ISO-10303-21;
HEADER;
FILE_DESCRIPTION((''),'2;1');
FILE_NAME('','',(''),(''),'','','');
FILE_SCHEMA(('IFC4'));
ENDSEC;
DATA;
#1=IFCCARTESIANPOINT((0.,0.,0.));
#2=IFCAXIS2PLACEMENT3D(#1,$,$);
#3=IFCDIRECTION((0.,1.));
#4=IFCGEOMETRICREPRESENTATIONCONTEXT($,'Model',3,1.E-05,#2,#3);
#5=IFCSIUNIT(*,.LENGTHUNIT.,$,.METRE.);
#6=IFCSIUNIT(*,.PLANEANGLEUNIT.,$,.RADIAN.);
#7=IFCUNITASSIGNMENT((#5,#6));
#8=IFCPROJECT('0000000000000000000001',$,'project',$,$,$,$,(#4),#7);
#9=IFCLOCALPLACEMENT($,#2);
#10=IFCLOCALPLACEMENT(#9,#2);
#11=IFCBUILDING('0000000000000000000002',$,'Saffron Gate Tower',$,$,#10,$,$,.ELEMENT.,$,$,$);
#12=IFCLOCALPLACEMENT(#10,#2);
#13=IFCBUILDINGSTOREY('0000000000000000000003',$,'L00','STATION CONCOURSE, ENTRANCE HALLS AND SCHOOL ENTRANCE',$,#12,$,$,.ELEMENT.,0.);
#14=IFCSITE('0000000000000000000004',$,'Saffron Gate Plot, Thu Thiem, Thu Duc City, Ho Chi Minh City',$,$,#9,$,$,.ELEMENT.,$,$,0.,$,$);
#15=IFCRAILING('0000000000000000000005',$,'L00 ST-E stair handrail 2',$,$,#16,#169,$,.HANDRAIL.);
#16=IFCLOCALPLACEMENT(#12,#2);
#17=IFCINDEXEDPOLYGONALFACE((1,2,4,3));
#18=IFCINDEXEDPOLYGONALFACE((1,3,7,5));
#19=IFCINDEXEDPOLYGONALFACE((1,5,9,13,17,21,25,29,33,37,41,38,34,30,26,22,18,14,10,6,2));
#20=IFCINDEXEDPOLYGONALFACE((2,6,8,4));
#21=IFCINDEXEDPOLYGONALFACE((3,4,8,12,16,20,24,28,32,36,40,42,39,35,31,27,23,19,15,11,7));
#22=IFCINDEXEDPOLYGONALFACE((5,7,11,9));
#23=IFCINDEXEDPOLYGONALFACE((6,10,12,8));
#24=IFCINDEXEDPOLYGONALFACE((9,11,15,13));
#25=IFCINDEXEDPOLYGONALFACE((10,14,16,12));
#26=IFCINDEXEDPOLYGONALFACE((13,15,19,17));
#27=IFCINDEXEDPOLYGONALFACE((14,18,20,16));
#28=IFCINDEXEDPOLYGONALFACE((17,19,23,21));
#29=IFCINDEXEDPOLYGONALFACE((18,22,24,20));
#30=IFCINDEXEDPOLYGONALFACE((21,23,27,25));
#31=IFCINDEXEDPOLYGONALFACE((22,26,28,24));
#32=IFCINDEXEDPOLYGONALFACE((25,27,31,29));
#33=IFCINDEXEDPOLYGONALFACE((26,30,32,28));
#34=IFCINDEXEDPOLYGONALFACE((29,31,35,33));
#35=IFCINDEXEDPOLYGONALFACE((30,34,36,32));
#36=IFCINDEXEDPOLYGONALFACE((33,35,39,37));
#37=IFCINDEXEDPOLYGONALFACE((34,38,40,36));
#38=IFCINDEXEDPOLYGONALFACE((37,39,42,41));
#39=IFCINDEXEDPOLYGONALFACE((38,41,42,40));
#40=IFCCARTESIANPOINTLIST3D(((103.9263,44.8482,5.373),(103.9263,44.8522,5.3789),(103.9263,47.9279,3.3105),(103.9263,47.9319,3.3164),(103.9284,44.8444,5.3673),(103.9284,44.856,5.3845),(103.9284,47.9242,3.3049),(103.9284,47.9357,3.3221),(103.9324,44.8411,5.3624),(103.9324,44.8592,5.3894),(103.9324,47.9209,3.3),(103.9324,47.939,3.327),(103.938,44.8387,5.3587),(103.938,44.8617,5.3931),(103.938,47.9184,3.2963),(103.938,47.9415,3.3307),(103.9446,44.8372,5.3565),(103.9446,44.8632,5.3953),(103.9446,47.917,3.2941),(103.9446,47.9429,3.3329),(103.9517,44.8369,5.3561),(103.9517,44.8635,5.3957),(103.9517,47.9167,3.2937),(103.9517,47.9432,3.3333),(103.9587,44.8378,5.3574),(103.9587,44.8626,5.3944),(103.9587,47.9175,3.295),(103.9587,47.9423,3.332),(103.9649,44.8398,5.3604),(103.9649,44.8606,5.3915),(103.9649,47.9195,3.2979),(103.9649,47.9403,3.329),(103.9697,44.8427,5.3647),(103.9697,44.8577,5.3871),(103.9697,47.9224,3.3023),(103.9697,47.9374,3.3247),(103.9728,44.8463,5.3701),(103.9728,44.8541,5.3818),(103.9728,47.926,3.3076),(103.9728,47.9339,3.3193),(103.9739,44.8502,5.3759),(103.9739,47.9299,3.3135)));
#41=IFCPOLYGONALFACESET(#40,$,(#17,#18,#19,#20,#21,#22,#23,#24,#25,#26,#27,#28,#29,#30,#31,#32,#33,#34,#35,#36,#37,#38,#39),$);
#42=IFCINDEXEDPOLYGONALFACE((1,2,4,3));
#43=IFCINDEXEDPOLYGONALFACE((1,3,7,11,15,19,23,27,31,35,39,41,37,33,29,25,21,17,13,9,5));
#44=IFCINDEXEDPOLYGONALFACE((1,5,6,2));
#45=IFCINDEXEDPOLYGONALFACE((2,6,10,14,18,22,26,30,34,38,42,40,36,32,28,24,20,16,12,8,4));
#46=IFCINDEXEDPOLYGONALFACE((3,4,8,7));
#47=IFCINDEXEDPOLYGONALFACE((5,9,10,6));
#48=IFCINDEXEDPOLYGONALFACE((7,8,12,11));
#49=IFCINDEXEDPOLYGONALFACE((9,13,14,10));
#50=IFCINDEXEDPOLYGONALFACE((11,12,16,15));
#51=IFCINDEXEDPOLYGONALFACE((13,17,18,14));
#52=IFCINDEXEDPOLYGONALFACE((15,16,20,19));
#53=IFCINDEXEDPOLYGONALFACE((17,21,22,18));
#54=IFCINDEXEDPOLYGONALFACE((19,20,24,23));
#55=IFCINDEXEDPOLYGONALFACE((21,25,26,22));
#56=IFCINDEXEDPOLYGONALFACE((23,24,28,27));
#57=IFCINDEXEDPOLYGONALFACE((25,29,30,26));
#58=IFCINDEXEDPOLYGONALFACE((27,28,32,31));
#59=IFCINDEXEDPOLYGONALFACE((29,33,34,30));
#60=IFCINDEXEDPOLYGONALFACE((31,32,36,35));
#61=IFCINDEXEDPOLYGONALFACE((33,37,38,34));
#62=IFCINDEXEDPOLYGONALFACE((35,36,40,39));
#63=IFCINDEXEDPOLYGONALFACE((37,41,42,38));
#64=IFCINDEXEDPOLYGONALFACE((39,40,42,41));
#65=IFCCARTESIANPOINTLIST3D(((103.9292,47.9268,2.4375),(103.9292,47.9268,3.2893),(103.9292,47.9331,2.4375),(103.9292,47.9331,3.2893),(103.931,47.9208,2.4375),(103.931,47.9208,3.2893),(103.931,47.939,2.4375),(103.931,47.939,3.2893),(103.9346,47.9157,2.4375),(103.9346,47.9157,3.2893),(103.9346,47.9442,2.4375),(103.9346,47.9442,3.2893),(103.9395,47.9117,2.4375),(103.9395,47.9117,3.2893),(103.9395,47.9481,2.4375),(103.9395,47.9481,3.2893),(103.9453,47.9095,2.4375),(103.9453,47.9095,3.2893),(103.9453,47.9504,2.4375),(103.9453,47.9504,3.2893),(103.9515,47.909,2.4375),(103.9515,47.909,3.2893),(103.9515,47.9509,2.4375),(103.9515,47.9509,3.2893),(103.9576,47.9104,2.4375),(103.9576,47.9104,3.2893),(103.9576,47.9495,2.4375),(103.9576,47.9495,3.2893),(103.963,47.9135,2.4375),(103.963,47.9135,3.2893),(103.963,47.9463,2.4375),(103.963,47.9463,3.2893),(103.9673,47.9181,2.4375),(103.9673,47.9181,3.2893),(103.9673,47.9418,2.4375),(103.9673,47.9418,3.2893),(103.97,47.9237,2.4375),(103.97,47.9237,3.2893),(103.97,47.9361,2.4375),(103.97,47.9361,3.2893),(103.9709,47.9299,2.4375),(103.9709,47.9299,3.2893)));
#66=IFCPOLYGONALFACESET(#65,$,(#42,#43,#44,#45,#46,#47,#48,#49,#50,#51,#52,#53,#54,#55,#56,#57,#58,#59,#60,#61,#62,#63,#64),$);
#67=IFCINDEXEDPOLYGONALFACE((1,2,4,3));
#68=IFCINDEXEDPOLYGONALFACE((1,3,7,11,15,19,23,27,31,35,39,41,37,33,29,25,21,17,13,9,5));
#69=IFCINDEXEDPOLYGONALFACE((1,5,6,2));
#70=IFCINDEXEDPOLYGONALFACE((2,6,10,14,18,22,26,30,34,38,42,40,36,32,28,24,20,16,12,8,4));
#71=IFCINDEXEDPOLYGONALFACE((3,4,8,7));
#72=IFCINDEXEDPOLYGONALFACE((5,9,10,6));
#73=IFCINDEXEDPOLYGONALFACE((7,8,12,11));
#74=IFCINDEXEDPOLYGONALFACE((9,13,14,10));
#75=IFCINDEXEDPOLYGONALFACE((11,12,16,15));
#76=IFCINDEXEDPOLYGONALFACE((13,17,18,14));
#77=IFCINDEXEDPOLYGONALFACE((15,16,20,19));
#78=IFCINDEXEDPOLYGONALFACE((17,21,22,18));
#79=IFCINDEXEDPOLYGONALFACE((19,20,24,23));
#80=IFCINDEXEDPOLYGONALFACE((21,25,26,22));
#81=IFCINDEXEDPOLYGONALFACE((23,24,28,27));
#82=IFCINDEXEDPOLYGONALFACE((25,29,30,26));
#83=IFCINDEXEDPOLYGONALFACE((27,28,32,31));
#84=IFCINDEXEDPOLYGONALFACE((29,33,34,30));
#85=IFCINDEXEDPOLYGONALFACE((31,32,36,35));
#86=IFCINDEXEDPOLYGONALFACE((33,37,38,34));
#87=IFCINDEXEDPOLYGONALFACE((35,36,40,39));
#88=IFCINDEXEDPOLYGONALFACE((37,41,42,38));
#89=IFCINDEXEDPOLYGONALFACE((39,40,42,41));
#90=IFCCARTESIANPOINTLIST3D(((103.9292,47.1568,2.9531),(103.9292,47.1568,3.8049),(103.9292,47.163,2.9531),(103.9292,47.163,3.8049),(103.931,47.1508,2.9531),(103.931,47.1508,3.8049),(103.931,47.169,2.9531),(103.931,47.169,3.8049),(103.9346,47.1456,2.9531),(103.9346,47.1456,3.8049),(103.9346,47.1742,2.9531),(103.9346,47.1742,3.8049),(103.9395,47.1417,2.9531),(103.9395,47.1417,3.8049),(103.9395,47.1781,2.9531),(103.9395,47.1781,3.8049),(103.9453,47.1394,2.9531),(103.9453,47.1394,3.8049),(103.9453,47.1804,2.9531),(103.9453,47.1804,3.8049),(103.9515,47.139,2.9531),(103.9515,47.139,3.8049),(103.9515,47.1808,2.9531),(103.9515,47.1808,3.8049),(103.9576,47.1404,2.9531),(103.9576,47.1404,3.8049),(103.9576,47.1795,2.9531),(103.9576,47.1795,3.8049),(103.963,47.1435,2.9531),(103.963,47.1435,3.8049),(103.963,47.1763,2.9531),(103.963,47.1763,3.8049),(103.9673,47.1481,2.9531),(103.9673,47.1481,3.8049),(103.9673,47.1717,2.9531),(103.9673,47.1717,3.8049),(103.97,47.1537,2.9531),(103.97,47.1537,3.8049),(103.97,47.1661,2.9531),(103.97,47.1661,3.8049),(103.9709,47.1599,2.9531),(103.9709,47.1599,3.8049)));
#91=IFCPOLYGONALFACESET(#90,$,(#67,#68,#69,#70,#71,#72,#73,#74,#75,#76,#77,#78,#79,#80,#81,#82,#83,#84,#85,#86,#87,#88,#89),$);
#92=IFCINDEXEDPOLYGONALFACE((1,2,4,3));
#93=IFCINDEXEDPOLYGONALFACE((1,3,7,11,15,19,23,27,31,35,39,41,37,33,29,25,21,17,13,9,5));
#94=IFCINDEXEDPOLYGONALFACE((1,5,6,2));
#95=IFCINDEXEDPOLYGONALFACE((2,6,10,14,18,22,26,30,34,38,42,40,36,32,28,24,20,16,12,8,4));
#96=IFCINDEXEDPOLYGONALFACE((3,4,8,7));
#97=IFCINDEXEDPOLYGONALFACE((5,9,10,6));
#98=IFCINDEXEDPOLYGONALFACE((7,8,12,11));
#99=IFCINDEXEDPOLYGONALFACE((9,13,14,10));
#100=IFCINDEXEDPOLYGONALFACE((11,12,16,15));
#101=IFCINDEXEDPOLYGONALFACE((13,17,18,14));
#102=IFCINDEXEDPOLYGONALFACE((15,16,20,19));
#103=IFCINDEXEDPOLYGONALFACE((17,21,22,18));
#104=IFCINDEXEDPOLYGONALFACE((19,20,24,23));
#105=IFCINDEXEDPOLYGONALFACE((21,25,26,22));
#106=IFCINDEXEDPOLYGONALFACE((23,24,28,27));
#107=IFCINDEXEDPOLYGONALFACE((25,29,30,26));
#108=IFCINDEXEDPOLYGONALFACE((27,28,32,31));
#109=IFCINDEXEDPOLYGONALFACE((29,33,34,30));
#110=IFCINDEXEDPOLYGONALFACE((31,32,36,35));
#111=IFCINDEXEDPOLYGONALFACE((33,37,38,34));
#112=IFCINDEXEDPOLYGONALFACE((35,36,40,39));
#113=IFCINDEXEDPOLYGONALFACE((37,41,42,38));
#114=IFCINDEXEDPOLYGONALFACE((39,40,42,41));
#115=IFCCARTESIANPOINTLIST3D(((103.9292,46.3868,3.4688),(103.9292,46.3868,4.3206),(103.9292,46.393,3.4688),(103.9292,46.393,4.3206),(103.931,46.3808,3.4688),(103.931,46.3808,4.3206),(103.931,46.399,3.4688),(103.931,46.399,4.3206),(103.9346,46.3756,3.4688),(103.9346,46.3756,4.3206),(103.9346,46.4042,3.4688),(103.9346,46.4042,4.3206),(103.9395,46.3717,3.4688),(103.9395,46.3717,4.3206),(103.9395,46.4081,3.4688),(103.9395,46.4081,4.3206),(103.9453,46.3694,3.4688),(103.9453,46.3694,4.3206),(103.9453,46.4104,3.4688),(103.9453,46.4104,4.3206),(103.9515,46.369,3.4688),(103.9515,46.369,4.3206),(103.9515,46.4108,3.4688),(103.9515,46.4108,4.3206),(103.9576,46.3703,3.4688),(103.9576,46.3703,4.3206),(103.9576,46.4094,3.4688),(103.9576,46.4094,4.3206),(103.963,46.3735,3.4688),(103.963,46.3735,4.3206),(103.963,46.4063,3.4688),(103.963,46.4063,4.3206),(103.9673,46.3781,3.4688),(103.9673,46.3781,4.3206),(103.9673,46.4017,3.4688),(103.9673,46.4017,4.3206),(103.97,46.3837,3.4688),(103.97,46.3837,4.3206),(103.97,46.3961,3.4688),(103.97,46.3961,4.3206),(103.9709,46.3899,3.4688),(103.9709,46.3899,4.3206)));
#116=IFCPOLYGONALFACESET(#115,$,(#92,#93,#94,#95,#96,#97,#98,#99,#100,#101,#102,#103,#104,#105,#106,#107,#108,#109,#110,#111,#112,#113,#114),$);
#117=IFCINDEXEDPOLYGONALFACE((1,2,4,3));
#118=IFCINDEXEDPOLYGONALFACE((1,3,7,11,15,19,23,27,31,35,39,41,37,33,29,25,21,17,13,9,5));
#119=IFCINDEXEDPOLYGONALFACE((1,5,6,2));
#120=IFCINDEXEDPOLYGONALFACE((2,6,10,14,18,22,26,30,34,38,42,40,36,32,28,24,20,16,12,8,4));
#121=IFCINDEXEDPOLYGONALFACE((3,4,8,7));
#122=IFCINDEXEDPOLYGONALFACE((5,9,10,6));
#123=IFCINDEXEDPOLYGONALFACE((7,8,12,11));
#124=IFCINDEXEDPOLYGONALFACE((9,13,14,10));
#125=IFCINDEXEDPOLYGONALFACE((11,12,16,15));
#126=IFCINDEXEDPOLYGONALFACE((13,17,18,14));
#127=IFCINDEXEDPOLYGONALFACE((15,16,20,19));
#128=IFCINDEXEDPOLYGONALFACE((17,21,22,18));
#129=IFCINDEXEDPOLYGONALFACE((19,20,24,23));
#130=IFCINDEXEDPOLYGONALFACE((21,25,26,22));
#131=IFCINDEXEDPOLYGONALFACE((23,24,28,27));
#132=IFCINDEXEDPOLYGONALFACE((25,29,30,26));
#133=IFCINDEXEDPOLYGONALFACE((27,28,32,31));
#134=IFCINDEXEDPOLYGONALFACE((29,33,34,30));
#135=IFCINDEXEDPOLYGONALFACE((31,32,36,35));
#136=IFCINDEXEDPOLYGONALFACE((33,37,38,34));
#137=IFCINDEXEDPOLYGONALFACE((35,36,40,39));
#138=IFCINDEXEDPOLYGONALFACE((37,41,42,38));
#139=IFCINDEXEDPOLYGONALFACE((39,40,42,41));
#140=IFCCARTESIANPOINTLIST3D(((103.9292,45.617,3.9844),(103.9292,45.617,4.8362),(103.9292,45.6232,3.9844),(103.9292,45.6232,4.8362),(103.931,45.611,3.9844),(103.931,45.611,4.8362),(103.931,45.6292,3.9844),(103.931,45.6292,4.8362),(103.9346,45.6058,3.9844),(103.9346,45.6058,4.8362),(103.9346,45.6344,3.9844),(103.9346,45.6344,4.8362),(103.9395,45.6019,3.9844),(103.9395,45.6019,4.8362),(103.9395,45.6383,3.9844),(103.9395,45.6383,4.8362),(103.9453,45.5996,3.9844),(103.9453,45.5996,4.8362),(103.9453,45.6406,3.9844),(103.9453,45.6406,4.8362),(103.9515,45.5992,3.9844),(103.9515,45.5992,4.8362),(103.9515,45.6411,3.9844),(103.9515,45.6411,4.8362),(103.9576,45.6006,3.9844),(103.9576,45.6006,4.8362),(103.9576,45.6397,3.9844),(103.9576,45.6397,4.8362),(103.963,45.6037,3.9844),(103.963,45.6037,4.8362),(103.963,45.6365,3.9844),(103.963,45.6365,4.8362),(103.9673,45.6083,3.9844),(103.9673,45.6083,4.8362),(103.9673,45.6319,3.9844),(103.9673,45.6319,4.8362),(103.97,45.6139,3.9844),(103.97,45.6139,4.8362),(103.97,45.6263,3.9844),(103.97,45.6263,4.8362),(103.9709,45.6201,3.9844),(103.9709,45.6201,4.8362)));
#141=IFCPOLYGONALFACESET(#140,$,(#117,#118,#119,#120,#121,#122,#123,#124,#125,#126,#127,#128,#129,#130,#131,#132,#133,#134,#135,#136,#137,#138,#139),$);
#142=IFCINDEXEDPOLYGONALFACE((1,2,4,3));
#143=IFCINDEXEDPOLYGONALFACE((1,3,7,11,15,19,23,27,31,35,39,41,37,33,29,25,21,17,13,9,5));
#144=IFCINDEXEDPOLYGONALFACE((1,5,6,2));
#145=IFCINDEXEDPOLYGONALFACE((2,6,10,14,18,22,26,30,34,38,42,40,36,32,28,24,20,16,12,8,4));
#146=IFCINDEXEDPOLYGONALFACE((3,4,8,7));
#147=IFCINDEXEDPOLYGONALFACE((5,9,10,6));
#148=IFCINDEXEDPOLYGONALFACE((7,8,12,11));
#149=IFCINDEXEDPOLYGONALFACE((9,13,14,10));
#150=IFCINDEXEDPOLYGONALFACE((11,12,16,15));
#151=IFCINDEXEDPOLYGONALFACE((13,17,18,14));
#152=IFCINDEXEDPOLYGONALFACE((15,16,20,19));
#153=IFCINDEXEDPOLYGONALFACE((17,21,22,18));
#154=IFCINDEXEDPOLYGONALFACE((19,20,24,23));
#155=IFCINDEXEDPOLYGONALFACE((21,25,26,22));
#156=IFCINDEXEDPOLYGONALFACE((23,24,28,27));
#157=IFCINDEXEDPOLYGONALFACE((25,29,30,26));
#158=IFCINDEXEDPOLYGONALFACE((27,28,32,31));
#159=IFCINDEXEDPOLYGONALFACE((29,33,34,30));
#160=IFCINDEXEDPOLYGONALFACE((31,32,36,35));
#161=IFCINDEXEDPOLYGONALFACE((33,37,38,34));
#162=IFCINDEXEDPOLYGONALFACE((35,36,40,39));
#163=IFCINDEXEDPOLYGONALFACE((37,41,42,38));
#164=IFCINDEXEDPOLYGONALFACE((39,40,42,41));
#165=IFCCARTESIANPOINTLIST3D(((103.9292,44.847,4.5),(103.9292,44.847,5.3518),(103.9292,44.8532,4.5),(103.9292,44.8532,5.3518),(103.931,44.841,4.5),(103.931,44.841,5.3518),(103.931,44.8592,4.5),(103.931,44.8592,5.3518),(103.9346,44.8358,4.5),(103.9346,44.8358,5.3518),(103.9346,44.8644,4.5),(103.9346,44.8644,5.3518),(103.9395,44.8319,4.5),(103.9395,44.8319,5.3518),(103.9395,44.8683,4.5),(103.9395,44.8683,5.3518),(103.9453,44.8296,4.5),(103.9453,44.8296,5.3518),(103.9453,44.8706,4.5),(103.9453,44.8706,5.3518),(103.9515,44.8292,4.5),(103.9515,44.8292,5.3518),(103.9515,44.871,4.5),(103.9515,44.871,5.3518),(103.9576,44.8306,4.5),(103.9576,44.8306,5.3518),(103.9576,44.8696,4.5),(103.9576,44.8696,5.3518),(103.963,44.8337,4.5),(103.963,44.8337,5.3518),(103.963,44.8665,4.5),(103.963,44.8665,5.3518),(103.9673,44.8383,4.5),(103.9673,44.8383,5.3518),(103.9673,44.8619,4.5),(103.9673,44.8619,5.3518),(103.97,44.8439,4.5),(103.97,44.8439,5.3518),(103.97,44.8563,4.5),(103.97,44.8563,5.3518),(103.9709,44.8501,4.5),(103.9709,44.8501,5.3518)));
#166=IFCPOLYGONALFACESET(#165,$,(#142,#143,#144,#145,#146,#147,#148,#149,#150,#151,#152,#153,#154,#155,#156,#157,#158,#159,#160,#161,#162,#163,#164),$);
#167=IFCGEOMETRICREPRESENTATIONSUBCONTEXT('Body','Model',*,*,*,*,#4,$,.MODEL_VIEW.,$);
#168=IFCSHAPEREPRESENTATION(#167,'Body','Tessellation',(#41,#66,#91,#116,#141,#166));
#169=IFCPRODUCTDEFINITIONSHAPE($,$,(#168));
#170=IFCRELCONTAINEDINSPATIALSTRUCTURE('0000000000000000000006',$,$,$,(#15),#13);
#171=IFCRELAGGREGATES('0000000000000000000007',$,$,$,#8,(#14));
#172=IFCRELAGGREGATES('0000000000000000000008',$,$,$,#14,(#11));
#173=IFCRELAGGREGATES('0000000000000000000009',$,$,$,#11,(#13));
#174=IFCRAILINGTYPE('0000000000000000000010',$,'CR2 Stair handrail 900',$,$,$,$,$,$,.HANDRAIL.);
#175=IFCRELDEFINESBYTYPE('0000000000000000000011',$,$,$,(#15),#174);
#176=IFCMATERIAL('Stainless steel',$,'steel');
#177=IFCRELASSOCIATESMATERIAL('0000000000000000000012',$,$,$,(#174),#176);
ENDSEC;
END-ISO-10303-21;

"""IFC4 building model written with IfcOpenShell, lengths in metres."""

from ifc_helpers import new_model, si_unit, direction, frame, origin, origin_2d, place, context, subcontext, project, spatial, circle, extrude, material, type_object, element, save


model = new_model("IFC4")

# Units and contexts
model_context = context("Model", 3, precision=1e-05, world=origin(), true_north=direction((0.0, 1.0)))
body_context = subcontext(model_context, "Body", "Model", "MODEL_VIEW")
ifc_project = project(units=[si_unit("LENGTHUNIT", "METRE"), si_unit("PLANEANGLEUNIT", "RADIAN")], contexts=[model_context])

# Site, building, storey
site_placement = place(None, origin())
site = spatial("IfcSite", under=ifc_project, at=site_placement, Name="Saffron Gate Plot, Thu Thiem, Thu Duc City, Ho Chi Minh City", CompositionType="ELEMENT", RefElevation=0.0)
building_placement = place(site_placement, origin())
building = spatial("IfcBuilding", under=site, at=building_placement, Name="Saffron Gate Tower", CompositionType="ELEMENT")
storey_placement = place(building_placement, origin())
storey = spatial("IfcBuildingStorey", under=building, at=storey_placement, Name="L00", Description="STATION CONCOURSE, ENTRANCE HALLS AND SCHOOL ENTRANCE", CompositionType="ELEMENT", Elevation=0.0)

# Railing
ifc_material_1 = material(Name="Stainless steel", Category="steel")
railing_type_1 = type_object("IfcRailingType", Name="CR2 Stair handrail 900", PredefinedType="HANDRAIL", material=ifc_material_1)
railing_1_placement = place(storey_placement, frame((103.95, 47.9299, 2.4375)))
element("IfcRailing", 1, at=railing_1_placement, inside=storey, type_object=railing_type_1, Name="L00 ST-E stair handrail 2", PredefinedType="HANDRAIL", context=body_context, shape_type="SweptSolid", body=[
    extrude(circle(Radius=0.0239, at=origin_2d()), frame((0.0, 0.0, 0.876), z_axis=(0.0, -0.830893, 0.556432), x_axis=(1.0, 0.0, 0.0)), (0.0, 0.0, 1.0), 3.7065),
    extrude(circle(Radius=0.021, at=origin_2d()), origin(), (0.0, 0.0, 1.0), 0.8518),
    extrude(circle(Radius=0.021, at=origin_2d()), frame((0.0, -0.77, 0.5156)), (0.0, 0.0, 1.0), 0.8518),
    extrude(circle(Radius=0.021, at=origin_2d()), frame((0.0, -1.54, 1.0312)), (0.0, 0.0, 1.0), 0.8518),
    extrude(circle(Radius=0.021, at=origin_2d()), frame((0.0, -2.3098, 1.5469)), (0.0, 0.0, 1.0), 0.8518),
    extrude(circle(Radius=0.021, at=origin_2d()), frame((0.0, -3.0798, 2.0625)), (0.0, 0.0, 1.0), 0.8518),
])

save(model, "model.ifc")
